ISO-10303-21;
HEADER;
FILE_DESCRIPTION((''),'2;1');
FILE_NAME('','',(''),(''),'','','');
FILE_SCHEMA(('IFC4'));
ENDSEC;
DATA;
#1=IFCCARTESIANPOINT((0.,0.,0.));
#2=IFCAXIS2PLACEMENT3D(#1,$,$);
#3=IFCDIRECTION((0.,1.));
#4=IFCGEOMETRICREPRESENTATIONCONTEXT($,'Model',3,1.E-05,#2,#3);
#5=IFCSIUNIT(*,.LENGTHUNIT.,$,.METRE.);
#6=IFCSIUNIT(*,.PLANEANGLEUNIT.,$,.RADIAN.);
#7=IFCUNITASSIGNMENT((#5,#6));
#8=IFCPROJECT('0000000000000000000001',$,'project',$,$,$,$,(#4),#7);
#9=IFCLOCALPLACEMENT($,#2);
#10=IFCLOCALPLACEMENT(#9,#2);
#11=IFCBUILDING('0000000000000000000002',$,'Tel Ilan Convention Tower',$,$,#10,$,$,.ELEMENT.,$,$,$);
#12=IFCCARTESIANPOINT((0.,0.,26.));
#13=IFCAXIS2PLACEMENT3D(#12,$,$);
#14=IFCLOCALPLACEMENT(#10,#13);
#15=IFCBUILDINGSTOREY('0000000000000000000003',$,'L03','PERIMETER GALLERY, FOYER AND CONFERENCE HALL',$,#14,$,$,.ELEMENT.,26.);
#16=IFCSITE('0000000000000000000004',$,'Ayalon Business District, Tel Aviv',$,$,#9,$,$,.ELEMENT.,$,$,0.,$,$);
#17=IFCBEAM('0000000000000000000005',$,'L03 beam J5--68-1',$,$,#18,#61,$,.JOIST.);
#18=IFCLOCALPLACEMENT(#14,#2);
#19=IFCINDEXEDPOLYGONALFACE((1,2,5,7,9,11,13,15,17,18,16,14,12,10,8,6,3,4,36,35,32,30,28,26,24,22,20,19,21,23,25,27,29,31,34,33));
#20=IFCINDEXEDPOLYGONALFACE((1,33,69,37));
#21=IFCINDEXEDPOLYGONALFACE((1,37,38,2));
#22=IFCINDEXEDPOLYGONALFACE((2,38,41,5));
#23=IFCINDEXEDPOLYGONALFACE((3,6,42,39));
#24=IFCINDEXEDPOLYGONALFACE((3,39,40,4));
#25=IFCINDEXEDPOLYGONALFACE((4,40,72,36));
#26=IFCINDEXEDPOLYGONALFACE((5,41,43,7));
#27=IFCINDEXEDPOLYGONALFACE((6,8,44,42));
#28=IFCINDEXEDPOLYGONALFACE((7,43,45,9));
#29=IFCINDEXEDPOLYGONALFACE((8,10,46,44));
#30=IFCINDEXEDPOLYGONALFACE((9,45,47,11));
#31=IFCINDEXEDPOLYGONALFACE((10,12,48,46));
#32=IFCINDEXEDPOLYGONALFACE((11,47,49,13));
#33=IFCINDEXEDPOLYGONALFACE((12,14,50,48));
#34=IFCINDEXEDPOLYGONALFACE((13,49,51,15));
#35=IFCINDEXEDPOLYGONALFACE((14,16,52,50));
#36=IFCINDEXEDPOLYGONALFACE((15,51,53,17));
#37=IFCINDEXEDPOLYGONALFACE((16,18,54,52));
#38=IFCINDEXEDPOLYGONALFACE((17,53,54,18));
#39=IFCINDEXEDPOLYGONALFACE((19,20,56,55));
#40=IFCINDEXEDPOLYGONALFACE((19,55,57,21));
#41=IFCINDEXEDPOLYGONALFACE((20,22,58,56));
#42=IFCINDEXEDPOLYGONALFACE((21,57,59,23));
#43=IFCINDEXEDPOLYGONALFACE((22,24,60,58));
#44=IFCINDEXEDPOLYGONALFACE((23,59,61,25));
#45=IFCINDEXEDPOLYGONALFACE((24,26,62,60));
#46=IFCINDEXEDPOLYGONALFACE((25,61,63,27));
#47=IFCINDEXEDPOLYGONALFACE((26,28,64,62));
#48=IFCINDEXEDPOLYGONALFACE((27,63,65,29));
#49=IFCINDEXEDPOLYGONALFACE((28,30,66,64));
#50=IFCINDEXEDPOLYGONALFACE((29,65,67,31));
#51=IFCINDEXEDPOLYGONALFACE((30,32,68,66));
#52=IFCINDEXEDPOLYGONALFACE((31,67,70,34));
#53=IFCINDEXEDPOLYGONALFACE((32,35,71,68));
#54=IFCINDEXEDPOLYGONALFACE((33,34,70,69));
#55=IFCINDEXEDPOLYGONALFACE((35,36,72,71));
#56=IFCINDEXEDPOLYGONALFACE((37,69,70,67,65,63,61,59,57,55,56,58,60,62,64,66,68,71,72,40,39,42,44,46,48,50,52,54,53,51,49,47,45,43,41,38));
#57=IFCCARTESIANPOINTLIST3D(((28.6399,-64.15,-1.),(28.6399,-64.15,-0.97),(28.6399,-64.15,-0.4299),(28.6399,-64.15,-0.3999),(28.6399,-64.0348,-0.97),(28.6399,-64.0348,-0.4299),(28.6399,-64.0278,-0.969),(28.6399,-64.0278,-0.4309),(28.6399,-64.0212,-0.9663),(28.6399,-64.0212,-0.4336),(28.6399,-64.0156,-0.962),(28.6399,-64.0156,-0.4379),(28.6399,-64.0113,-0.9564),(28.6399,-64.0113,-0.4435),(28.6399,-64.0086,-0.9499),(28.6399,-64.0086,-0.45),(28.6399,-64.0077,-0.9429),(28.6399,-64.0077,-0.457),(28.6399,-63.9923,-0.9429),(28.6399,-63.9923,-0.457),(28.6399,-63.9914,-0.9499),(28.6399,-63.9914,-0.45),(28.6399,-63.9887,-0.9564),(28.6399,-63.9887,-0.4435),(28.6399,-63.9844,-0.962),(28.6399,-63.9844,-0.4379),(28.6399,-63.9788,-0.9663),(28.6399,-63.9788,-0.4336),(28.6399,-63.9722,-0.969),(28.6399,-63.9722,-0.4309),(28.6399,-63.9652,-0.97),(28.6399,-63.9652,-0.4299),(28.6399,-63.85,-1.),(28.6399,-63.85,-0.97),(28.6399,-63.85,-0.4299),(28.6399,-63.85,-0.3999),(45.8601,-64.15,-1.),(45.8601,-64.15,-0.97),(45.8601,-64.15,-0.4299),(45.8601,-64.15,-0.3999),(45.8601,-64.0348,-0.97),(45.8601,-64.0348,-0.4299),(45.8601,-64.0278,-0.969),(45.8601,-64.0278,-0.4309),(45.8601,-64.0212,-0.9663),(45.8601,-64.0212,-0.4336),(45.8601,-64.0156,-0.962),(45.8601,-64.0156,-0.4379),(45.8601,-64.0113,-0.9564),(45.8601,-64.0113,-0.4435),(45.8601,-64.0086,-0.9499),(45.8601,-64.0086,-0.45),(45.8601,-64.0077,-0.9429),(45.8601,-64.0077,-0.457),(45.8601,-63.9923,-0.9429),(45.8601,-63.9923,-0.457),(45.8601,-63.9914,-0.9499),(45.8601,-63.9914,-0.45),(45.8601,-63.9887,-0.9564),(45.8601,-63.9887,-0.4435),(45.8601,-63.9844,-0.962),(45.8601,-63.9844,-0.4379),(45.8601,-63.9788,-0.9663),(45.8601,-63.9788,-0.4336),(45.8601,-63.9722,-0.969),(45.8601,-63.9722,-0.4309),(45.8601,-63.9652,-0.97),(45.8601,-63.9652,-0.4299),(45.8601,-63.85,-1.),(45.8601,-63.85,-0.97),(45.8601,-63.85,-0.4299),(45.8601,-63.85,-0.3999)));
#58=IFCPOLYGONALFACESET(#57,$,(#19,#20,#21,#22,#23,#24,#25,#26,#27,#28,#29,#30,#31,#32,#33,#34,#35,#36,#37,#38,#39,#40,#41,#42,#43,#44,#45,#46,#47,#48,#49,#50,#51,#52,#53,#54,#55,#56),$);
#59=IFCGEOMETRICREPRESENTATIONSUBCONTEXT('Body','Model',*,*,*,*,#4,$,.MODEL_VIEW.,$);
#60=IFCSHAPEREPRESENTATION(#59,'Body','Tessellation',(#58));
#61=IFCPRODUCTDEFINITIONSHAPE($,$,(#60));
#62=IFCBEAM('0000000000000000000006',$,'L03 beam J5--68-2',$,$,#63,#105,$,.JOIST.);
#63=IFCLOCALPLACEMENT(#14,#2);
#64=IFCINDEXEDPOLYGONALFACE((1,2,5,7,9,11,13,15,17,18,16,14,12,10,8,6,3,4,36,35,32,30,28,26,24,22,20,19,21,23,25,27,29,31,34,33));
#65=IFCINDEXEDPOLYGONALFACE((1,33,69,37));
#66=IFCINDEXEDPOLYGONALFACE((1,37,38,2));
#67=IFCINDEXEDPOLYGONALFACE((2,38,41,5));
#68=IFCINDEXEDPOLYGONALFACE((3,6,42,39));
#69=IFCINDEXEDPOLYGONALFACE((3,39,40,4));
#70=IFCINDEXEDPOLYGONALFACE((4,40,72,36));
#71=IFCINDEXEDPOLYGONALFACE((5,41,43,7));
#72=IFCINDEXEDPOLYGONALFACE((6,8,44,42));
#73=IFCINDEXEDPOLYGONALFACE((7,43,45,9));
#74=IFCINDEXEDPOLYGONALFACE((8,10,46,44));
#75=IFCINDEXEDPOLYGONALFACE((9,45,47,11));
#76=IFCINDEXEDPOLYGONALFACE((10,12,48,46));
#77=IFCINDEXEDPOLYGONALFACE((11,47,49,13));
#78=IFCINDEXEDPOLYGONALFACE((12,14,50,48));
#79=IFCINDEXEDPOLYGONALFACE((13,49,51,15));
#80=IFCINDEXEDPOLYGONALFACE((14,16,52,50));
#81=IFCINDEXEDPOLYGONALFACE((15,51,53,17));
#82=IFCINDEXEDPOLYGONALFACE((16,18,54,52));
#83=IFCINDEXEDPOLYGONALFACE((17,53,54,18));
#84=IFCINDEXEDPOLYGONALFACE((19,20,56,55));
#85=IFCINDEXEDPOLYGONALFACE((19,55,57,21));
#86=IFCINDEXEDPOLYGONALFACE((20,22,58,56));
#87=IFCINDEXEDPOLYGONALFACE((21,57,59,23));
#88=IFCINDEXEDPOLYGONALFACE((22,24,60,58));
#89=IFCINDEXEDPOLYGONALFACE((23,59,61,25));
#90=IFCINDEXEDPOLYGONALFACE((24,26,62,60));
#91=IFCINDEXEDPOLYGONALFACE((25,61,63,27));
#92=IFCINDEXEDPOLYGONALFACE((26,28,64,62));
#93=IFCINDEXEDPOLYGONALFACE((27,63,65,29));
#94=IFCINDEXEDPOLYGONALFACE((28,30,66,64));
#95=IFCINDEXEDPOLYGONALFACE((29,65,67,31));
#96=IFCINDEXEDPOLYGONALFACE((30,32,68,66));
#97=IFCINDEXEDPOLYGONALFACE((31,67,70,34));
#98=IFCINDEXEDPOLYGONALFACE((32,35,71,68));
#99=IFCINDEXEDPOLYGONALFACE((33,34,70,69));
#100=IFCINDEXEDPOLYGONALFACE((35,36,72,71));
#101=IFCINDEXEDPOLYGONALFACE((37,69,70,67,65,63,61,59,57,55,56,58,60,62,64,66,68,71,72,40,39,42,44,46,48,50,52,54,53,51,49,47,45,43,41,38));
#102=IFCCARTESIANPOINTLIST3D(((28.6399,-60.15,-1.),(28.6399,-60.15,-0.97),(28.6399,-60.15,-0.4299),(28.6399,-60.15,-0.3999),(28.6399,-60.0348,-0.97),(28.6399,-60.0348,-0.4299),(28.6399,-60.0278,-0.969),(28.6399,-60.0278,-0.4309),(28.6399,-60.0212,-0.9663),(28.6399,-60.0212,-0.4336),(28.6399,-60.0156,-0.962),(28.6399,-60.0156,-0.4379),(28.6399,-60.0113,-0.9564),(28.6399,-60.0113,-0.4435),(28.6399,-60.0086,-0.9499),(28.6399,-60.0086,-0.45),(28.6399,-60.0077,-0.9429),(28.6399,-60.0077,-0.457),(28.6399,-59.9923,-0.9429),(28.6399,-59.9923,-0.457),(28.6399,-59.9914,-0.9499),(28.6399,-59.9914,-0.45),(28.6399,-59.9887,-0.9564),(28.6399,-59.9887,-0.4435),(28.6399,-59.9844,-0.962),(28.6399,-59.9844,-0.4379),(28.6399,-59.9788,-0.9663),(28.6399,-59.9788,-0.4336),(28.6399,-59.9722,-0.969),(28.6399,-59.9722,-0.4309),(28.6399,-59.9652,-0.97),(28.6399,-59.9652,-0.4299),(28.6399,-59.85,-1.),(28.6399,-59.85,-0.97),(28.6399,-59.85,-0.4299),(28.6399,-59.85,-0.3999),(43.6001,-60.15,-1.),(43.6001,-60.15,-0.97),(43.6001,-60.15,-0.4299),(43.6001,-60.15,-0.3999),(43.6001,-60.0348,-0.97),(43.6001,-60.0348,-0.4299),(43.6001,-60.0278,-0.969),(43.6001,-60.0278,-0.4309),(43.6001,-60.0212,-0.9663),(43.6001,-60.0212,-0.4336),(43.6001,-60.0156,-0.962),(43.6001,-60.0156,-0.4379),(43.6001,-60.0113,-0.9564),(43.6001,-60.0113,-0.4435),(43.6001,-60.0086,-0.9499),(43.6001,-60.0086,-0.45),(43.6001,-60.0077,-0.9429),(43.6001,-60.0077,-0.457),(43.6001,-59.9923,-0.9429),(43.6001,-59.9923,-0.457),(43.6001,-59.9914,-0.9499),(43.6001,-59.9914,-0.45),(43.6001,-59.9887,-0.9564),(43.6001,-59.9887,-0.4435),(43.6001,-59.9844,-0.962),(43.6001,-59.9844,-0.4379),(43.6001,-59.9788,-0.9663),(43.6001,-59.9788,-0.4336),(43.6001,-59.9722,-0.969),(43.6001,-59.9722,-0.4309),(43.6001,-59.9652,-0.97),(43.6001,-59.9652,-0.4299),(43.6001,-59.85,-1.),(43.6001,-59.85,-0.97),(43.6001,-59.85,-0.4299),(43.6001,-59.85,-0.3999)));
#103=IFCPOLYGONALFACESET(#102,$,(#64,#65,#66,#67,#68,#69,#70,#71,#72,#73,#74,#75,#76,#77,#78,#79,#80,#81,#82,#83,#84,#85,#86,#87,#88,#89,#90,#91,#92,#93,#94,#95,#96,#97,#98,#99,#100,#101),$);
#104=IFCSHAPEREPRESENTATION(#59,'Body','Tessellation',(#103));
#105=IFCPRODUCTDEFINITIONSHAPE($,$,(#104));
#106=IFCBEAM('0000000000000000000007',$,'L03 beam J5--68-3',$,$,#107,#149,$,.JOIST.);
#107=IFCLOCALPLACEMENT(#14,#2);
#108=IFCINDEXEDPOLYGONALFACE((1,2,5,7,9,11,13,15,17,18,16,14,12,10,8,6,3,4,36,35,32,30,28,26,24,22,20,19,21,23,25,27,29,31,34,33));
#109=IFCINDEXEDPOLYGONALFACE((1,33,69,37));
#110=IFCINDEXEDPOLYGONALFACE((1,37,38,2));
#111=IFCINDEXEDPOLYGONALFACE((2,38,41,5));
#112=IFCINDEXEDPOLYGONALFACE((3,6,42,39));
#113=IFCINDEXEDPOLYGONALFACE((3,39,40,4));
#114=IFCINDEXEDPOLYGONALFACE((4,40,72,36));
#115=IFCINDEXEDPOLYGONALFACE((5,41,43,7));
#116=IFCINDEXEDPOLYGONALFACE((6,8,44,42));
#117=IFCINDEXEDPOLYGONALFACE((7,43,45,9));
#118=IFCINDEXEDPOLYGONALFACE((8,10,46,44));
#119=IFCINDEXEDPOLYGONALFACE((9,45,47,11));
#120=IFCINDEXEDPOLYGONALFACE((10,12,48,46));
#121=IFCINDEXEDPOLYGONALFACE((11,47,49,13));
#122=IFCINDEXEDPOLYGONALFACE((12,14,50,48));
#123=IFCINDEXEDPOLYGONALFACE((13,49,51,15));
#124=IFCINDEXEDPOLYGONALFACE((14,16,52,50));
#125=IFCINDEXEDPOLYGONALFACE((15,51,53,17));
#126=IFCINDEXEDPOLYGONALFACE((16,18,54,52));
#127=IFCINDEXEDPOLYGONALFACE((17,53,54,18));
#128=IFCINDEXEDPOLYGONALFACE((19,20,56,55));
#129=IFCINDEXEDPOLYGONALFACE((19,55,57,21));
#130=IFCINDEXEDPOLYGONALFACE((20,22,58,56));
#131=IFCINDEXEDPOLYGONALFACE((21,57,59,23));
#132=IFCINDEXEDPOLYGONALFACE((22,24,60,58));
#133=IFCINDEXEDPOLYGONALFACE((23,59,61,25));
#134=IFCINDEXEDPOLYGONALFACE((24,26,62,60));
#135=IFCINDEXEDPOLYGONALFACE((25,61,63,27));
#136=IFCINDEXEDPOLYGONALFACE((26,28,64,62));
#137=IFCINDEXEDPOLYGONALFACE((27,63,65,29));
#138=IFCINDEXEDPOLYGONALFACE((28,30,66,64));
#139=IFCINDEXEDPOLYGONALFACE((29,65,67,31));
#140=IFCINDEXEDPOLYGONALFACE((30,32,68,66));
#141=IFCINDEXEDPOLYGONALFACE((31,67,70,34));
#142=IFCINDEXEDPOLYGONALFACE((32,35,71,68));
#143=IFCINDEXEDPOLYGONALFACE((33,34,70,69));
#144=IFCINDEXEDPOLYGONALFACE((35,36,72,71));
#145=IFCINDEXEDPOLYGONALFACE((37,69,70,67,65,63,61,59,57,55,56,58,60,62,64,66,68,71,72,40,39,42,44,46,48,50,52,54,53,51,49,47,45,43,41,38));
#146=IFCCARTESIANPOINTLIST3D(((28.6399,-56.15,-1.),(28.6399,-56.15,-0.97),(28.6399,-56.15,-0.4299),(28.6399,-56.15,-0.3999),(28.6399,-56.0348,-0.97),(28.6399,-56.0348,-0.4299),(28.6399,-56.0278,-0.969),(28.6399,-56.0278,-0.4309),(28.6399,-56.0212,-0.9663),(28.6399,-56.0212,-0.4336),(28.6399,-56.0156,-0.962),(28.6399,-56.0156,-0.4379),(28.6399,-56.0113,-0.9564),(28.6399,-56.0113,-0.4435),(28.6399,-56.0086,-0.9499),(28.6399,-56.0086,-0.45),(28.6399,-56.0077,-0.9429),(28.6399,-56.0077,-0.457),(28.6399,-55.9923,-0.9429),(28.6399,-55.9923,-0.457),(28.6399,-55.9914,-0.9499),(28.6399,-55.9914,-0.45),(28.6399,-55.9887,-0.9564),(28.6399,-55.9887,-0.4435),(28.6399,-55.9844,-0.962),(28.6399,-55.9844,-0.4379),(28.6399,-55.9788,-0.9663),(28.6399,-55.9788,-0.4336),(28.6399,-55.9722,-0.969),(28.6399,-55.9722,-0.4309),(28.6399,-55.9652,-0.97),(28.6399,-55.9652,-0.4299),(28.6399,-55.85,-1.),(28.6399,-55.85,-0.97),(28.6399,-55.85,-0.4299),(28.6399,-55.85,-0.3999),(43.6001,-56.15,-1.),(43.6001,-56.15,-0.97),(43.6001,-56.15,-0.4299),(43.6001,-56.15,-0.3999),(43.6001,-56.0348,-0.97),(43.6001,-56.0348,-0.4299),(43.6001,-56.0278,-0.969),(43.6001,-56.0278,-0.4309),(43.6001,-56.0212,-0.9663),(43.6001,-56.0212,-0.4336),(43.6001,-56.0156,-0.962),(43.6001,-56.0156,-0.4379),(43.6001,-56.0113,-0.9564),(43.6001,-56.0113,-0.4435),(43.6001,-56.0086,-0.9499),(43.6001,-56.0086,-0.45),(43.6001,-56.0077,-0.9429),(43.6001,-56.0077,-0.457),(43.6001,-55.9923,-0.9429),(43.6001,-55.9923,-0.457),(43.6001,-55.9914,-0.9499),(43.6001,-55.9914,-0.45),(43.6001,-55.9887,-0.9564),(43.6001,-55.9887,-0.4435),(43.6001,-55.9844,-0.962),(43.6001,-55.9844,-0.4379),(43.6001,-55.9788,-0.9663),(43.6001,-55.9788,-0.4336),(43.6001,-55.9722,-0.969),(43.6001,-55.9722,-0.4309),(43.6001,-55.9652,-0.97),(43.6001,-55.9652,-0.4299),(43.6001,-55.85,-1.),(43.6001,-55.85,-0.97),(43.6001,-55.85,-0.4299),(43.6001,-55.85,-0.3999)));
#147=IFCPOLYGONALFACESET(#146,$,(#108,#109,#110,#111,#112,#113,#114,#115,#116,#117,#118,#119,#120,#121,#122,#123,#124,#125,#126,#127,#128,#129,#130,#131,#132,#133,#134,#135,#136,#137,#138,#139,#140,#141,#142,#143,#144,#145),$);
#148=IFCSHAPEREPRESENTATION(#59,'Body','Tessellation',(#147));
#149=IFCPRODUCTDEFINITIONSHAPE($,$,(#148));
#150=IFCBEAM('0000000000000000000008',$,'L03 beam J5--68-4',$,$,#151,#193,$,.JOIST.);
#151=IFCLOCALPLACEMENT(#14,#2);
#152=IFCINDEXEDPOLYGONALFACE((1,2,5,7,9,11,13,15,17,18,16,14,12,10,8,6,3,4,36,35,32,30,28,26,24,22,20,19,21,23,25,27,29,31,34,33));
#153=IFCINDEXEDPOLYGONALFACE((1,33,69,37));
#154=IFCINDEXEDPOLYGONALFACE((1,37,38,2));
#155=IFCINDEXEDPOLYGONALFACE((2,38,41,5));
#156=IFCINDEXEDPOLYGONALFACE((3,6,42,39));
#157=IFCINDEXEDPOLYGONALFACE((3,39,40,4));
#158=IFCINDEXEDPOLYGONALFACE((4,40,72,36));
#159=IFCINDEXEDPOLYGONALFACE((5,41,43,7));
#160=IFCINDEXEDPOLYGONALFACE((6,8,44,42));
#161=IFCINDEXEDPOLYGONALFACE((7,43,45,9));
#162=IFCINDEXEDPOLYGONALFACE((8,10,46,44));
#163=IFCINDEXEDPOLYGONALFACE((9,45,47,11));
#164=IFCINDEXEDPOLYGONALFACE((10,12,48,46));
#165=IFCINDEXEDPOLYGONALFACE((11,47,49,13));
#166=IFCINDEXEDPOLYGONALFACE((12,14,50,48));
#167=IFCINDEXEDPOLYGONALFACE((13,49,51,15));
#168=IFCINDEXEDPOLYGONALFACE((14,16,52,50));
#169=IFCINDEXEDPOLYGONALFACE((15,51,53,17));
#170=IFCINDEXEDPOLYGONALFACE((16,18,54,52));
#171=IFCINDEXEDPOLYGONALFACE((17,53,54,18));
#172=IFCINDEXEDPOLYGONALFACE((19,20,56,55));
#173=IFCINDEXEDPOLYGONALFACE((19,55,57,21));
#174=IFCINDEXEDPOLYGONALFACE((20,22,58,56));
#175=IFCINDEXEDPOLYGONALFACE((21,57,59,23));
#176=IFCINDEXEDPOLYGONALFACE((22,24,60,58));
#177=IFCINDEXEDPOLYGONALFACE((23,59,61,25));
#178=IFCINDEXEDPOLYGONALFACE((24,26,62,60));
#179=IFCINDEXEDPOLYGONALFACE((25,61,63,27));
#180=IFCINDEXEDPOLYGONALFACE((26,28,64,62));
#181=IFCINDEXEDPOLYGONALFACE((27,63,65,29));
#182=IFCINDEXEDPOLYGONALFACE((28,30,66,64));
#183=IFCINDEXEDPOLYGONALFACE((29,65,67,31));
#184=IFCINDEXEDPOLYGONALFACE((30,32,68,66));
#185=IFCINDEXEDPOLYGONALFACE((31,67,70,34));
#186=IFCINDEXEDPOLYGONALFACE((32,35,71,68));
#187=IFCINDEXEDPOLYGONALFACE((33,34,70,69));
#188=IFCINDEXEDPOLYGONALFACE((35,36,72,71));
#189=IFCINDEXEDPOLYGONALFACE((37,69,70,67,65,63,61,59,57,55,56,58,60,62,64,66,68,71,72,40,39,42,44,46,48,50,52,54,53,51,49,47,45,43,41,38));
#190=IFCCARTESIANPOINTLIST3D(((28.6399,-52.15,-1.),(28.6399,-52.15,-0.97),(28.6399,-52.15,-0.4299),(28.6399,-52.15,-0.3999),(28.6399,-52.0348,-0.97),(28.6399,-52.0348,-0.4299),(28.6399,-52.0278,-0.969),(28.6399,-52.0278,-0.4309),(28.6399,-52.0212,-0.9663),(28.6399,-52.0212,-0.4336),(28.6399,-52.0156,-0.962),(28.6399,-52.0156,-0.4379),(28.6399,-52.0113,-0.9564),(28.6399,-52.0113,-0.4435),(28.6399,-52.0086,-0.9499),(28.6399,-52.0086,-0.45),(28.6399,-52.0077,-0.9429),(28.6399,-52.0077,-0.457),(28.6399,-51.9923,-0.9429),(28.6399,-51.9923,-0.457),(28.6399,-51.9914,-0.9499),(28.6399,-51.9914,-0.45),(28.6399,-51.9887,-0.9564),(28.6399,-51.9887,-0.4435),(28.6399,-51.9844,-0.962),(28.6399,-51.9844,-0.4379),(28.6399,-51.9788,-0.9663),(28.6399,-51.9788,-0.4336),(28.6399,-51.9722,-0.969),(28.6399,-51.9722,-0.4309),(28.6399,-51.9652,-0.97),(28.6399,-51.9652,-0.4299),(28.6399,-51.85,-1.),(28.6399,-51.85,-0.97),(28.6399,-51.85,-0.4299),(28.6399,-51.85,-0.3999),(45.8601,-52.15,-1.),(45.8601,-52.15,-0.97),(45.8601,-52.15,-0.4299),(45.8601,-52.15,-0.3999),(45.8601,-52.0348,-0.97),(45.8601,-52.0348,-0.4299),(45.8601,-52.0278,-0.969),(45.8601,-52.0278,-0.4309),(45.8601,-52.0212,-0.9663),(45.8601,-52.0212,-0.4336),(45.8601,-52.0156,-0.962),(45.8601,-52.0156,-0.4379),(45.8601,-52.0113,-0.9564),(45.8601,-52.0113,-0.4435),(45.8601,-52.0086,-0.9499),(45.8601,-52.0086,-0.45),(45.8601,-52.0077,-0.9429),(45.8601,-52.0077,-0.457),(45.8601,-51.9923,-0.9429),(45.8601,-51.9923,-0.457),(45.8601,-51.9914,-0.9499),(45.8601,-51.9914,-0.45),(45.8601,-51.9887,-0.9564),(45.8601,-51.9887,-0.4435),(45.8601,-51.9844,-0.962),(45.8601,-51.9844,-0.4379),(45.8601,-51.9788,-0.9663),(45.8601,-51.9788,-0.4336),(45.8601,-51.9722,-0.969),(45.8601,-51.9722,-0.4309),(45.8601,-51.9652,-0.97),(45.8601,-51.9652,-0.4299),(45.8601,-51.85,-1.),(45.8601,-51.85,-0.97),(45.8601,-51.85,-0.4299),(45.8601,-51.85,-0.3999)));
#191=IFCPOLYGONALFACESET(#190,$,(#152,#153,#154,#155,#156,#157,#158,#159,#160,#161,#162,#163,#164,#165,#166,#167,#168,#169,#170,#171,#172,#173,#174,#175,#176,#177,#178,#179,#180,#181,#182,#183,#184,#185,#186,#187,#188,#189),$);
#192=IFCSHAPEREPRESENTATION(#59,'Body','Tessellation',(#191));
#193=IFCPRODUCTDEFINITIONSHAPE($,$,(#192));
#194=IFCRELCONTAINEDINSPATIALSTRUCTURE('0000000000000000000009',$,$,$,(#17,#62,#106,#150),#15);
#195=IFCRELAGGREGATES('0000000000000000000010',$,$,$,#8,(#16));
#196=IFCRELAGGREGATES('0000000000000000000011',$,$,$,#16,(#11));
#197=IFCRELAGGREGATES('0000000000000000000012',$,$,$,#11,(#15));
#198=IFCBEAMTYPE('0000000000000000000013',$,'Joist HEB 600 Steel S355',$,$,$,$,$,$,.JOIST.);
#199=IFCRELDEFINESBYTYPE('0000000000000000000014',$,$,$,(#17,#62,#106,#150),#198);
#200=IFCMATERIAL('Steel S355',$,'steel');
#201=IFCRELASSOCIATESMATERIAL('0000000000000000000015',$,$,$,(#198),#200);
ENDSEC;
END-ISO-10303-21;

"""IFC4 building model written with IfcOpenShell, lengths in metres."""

from ifc_helpers import new_model, si_unit, direction, frame, origin, origin_2d, place, context, subcontext, project, spatial, i_section, extrude, material, material_profile, profile_set, type_object, element, save


model = new_model("IFC4")

# Units and contexts
model_context = context("Model", 3, precision=1e-05, world=origin(), true_north=direction((0.0, 1.0)))
body_context = subcontext(model_context, "Body", "Model", "MODEL_VIEW")
ifc_project = project(units=[si_unit("LENGTHUNIT", "METRE"), si_unit("PLANEANGLEUNIT", "RADIAN")], contexts=[model_context])

# Site, building, storey
site_placement = place(None, origin())
site = spatial("IfcSite", under=ifc_project, at=site_placement, Name="Ayalon Business District, Tel Aviv", CompositionType="ELEMENT", RefElevation=0.0)
building_placement = place(site_placement, origin())
building = spatial("IfcBuilding", under=site, at=building_placement, Name="Tel Ilan Convention Tower", CompositionType="ELEMENT")
storey_placement = place(building_placement, frame((0.0, 0.0, 26.0)))
storey = spatial("IfcBuildingStorey", under=building, at=storey_placement, Name="L03", Description="PERIMETER GALLERY, FOYER AND CONFERENCE HALL", CompositionType="ELEMENT", Elevation=26.0)

# Beams
ifc_material_1 = material(Name="Steel S355", Category="steel")
ifc_material_profile_1 = material_profile(ifc_material_1, i_section(OverallWidth=0.3, OverallDepth=0.6001, WebThickness=0.0154, FlangeThickness=0.03, FilletRadius=0.0271, at=origin_2d()), Name="HEB 600")
ifc_profile_set_1 = profile_set([ifc_material_profile_1], Name="Steel S355")
beam_type_1 = type_object("IfcBeamType", Name="Joist HEB 600 Steel S355", PredefinedType="JOIST", material=ifc_profile_set_1)
beam_1_placement = place(storey_placement, frame((28.6399, -64.0, -0.7), z_axis=(1.0, 0.0, 0.0), x_axis=(0.0, 1.0, 0.0)))
element("IfcBeam", 1, at=beam_1_placement, inside=storey, type_object=beam_type_1, Name="L03 beam J5--68-1", PredefinedType="JOIST", context=body_context, shape_type="SweptSolid", body=[
    extrude(i_section(OverallWidth=0.3, OverallDepth=0.6001, WebThickness=0.0154, FlangeThickness=0.03, FilletRadius=0.0271, at=origin_2d()), origin(), (0.0, 0.0, 1.0), 17.2202),
])
for number, where, z_axis, x_axis, name in (
    (2, (28.6399, -60.0, -0.7), (1.0, 0.0, 0.0), (0.0, 1.0, 0.0), "L03 beam J5--68-2"),
    (3, (28.6399, -56.0, -0.7), (1.0, 0.0, 0.0), (0.0, 1.0, 0.0), "L03 beam J5--68-3"),
):
    element("IfcBeam", number, at=place(storey_placement, frame(where, z_axis=z_axis, x_axis=x_axis)), inside=storey, type_object=beam_type_1, Name=name, PredefinedType="JOIST", context=body_context, shape_type="SweptSolid", body=[
        extrude(i_section(OverallWidth=0.3, OverallDepth=0.6001, WebThickness=0.0154, FlangeThickness=0.03, FilletRadius=0.0271, at=origin_2d()), origin(), (0.0, 0.0, 1.0), 14.9602),
    ])
beam_2_placement = place(storey_placement, frame((28.6399, -52.0, -0.7), z_axis=(1.0, 0.0, 0.0), x_axis=(0.0, 1.0, 0.0)))
element("IfcBeam", 4, at=beam_2_placement, inside=storey, type_object=beam_type_1, Name="L03 beam J5--68-4", PredefinedType="JOIST", context=body_context, shape_type="SweptSolid", body=[
    extrude(i_section(OverallWidth=0.3, OverallDepth=0.6001, WebThickness=0.0154, FlangeThickness=0.03, FilletRadius=0.0271, at=origin_2d()), origin(), (0.0, 0.0, 1.0), 17.2202),
])

save(model, "model.ifc")
